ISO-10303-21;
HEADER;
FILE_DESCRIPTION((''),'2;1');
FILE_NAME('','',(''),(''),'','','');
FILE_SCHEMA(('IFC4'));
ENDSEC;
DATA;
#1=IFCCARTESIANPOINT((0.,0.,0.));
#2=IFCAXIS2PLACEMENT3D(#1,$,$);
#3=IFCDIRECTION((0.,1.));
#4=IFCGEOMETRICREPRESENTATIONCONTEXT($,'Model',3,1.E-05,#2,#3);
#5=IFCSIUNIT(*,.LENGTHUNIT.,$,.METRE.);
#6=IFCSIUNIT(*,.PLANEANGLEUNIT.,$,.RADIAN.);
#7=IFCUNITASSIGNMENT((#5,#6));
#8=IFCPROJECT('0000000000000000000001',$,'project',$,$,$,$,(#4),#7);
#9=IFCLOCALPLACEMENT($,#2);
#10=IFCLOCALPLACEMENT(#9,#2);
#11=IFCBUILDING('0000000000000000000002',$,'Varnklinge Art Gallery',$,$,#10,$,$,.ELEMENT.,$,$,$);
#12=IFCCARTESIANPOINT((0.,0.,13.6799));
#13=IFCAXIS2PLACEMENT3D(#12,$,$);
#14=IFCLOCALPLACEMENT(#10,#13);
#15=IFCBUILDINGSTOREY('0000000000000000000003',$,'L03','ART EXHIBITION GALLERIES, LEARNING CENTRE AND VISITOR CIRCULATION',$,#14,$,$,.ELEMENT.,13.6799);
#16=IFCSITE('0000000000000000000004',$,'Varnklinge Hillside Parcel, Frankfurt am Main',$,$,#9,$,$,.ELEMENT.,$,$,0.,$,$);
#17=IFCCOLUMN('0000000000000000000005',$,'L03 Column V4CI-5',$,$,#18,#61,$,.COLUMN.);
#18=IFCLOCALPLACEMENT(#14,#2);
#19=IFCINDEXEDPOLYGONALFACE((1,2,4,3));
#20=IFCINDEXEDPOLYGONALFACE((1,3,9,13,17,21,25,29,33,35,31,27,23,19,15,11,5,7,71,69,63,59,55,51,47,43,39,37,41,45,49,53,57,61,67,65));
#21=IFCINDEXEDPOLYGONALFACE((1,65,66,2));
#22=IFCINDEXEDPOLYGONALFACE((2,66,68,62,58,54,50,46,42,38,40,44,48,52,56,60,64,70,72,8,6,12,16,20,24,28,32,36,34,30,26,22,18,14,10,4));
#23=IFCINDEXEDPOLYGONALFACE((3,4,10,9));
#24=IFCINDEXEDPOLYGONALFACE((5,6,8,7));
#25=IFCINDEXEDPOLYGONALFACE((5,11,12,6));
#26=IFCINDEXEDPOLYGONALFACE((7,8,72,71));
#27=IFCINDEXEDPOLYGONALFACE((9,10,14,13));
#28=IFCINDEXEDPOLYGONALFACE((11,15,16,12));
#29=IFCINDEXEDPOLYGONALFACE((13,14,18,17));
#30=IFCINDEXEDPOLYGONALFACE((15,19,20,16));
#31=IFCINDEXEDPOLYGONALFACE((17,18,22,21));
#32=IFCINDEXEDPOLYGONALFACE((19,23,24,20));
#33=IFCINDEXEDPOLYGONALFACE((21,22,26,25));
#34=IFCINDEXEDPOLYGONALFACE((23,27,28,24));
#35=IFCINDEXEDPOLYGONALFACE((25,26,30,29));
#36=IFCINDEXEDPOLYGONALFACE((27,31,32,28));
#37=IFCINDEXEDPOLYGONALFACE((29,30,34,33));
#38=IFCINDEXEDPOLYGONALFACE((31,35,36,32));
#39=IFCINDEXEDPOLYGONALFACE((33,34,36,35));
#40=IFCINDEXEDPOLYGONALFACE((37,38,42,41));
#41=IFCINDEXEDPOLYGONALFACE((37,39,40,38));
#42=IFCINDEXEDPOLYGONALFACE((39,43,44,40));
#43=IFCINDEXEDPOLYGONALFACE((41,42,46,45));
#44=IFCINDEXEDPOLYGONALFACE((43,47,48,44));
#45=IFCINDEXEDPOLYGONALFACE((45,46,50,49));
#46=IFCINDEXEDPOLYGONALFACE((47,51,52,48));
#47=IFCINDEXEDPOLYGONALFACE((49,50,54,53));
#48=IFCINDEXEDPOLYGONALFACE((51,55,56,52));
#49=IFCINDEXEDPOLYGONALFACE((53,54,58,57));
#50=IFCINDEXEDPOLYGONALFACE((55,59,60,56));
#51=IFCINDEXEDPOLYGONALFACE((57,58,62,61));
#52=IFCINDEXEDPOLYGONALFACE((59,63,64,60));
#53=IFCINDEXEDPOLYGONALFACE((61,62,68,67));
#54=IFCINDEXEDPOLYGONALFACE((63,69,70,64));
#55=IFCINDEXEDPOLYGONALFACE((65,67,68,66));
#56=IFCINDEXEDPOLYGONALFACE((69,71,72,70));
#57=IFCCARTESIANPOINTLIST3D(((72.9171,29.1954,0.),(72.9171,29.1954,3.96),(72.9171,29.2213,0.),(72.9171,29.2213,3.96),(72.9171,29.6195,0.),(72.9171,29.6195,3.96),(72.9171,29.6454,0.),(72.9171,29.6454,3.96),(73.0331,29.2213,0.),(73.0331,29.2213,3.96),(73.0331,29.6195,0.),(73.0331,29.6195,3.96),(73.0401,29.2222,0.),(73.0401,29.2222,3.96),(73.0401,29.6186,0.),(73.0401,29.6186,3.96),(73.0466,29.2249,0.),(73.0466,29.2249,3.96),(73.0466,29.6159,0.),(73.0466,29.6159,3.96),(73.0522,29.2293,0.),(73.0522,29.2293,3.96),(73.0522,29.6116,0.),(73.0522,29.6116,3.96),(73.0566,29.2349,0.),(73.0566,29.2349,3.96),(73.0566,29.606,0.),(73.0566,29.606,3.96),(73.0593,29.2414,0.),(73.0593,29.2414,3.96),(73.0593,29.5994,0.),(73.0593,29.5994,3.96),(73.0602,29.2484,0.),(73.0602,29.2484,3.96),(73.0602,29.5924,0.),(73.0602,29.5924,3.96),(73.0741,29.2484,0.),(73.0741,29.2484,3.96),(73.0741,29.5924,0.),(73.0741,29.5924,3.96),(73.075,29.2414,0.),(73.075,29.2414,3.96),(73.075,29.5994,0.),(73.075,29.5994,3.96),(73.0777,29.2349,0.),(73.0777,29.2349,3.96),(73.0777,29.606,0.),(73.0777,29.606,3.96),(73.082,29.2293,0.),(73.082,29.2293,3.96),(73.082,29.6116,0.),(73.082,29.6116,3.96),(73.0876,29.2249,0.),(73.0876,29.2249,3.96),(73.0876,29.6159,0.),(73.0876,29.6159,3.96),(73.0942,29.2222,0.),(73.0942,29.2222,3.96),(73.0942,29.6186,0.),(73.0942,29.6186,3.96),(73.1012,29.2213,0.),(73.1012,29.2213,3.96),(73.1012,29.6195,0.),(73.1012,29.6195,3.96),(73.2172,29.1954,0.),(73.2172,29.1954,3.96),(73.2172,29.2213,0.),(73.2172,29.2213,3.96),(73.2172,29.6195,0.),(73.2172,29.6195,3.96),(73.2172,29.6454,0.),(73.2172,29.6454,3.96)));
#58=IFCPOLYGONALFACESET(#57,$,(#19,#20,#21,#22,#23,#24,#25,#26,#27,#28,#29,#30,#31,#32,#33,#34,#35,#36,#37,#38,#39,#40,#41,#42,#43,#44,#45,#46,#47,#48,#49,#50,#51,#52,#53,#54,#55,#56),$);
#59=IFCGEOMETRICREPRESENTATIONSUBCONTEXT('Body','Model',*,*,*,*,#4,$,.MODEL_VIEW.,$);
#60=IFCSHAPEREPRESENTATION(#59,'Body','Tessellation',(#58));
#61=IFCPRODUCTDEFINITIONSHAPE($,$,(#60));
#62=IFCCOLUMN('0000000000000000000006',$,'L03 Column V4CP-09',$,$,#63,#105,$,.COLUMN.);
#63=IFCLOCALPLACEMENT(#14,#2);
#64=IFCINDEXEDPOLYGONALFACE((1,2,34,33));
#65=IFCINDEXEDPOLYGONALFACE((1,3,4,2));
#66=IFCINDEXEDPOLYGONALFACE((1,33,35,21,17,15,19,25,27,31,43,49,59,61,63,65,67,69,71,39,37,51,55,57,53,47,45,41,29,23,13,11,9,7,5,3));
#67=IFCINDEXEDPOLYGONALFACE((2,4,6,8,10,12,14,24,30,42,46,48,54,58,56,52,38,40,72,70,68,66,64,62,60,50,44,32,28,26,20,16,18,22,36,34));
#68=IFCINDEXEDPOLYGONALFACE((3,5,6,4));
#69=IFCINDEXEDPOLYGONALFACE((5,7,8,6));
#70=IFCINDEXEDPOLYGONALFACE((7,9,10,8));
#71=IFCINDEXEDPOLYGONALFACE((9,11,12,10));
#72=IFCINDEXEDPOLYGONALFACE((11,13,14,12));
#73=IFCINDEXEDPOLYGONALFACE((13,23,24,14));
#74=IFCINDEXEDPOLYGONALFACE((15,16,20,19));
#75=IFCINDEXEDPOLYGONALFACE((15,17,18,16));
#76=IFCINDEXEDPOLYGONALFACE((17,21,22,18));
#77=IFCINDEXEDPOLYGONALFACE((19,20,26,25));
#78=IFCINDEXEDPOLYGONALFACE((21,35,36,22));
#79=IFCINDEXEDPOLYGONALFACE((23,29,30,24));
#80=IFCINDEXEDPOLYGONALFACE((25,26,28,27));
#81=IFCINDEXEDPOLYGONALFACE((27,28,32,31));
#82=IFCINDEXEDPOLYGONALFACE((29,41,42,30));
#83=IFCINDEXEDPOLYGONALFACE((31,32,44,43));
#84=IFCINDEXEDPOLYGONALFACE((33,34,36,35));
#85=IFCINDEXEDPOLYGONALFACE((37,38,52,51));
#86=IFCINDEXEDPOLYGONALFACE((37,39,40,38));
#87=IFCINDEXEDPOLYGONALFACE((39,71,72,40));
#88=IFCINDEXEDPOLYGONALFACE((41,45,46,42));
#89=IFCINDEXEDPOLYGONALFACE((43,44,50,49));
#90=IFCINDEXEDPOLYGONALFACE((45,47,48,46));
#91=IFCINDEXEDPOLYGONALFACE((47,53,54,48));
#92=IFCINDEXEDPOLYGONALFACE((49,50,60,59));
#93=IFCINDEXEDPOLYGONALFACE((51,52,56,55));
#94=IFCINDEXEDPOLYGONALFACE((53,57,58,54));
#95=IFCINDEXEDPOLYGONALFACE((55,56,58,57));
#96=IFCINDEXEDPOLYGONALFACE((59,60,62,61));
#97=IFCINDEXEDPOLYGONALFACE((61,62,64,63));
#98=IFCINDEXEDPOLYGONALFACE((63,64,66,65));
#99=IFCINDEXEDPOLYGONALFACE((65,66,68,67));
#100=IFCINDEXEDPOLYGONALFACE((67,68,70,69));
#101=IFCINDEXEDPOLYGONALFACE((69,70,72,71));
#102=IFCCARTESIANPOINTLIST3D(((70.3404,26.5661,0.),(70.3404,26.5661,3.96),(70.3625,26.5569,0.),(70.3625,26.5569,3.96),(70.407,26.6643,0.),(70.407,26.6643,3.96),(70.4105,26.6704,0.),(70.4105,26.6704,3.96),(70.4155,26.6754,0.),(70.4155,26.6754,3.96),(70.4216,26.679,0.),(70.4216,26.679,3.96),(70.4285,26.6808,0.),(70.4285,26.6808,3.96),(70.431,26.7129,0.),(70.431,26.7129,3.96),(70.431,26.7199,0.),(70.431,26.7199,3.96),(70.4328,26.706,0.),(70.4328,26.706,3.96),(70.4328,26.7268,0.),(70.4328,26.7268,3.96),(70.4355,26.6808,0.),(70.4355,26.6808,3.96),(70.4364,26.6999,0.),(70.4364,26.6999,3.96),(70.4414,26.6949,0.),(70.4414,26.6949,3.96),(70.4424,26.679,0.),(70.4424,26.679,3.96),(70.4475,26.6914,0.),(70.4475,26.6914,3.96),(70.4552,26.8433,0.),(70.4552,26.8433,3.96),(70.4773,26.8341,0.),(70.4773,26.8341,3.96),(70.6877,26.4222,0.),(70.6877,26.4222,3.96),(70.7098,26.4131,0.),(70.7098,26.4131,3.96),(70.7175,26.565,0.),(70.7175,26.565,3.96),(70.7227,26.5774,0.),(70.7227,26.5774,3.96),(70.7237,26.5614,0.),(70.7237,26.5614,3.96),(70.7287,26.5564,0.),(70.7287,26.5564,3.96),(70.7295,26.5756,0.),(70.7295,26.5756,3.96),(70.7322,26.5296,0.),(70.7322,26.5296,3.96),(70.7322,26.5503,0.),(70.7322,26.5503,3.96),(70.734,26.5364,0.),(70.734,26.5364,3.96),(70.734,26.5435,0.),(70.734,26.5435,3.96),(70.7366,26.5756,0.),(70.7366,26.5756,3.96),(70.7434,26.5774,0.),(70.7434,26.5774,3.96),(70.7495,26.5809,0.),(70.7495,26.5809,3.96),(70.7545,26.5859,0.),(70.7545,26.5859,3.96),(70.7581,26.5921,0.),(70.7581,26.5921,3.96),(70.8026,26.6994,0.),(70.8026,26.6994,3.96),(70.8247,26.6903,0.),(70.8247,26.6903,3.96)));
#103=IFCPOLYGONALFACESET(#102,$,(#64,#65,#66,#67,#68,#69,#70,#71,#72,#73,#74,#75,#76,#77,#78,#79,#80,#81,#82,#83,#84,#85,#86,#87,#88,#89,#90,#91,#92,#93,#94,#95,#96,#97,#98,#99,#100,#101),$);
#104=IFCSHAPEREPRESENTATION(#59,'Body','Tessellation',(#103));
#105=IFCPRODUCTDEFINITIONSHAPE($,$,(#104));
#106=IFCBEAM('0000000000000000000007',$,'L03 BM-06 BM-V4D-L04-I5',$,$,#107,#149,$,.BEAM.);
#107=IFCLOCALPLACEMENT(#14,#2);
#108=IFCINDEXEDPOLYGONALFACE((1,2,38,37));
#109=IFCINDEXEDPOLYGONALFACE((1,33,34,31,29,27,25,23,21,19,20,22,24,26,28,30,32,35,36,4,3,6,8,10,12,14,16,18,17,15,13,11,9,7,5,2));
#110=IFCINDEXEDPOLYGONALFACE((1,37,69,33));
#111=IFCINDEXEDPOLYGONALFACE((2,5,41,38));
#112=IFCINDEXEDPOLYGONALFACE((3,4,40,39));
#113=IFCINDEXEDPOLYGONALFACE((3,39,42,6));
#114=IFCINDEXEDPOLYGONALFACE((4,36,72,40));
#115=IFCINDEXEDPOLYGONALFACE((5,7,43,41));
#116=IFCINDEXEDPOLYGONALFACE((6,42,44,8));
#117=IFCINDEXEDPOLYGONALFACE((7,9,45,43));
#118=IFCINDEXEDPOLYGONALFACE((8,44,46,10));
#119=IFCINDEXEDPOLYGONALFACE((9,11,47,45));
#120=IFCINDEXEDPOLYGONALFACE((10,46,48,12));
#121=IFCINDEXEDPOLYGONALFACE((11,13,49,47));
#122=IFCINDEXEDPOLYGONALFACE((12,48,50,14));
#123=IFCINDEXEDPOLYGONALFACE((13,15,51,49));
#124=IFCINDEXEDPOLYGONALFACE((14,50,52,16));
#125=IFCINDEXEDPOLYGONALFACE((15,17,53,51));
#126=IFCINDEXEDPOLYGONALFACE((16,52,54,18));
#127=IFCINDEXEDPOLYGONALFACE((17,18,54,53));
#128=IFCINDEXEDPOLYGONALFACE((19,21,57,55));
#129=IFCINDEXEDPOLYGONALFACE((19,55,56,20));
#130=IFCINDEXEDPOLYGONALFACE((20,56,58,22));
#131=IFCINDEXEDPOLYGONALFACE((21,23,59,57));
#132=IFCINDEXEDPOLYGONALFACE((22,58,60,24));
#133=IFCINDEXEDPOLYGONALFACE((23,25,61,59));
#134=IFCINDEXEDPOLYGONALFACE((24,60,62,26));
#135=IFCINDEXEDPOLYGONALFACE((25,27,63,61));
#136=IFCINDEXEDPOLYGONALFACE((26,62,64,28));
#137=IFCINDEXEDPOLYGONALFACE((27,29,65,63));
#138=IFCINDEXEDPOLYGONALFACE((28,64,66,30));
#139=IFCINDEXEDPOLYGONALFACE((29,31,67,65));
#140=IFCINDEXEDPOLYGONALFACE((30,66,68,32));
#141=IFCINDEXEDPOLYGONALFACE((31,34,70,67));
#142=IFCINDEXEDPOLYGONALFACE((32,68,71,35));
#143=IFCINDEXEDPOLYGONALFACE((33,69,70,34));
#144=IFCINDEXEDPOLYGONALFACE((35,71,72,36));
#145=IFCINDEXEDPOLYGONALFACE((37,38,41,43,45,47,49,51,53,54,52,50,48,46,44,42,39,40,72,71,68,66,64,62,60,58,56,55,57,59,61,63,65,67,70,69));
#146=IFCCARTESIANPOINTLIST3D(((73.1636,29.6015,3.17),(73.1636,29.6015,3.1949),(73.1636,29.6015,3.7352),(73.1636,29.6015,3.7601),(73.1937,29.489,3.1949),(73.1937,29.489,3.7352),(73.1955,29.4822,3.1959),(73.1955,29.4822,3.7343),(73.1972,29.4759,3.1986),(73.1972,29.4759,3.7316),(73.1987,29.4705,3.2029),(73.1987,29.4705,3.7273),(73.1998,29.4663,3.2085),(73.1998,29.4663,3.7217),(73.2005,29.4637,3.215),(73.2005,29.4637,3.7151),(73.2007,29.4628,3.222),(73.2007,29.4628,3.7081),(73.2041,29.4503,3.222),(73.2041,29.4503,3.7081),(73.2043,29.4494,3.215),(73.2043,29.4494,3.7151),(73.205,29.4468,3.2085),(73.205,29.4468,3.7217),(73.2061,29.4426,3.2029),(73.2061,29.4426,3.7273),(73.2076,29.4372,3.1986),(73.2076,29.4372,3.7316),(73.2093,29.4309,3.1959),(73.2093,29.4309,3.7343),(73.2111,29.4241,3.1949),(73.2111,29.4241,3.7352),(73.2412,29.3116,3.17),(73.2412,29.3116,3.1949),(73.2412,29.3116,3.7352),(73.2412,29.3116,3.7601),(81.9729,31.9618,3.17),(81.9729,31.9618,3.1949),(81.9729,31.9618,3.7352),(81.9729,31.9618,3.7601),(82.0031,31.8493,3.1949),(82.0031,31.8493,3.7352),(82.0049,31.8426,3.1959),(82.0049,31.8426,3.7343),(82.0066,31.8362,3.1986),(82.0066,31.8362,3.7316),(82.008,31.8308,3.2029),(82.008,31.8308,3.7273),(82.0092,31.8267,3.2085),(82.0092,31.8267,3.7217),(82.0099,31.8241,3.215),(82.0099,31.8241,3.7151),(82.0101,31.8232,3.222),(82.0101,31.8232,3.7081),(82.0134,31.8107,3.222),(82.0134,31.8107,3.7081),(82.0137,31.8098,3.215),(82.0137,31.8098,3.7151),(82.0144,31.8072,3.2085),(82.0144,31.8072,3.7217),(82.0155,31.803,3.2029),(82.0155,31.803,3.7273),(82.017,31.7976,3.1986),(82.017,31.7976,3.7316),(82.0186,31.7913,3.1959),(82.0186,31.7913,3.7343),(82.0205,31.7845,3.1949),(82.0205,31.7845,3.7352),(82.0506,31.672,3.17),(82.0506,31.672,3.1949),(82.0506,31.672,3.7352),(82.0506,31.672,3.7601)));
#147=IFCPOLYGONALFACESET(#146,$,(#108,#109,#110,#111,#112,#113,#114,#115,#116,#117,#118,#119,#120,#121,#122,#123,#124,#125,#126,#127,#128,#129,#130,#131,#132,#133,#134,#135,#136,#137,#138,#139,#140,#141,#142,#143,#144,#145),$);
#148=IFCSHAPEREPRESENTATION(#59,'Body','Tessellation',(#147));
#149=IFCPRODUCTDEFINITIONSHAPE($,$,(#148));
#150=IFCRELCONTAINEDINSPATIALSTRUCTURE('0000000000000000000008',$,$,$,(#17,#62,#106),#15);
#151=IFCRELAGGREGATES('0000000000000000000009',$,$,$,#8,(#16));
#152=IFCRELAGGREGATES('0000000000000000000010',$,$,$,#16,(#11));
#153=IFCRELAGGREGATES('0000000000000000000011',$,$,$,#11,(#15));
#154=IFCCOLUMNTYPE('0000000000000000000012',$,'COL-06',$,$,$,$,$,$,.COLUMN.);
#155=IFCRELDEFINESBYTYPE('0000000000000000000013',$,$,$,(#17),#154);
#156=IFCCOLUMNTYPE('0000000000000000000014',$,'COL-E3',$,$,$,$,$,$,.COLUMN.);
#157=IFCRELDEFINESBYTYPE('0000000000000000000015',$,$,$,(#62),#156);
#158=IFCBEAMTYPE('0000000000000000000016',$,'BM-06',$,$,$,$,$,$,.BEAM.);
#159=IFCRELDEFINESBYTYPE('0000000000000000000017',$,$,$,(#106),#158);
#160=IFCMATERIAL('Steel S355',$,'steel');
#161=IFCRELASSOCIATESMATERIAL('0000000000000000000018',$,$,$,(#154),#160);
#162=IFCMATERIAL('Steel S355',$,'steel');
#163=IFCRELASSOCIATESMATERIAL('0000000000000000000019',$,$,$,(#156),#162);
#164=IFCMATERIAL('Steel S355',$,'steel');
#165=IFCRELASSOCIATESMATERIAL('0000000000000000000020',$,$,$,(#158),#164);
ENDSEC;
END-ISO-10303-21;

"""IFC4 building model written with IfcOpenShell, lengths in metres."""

from ifc_helpers import new_model, si_unit, direction, frame, origin, origin_2d, place, context, subcontext, project, spatial, i_section, extrude, material, material_profile, profile_set, type_object, element, save


model = new_model("IFC4")

# Units and contexts
model_context = context("Model", 3, precision=1e-05, world=origin(), true_north=direction((0.0, 1.0)))
body_context = subcontext(model_context, "Body", "Model", "MODEL_VIEW")
ifc_project = project(units=[si_unit("LENGTHUNIT", "METRE"), si_unit("PLANEANGLEUNIT", "RADIAN")], contexts=[model_context])

# Site, building, storey
site_placement = place(None, origin())
site = spatial("IfcSite", under=ifc_project, at=site_placement, Name="Varnklinge Hillside Parcel, Frankfurt am Main", CompositionType="ELEMENT", RefElevation=0.0)
building_placement = place(site_placement, origin())
building = spatial("IfcBuilding", under=site, at=building_placement, Name="Varnklinge Art Gallery", CompositionType="ELEMENT")
storey_placement = place(building_placement, frame((0.0, 0.0, 13.6799)))
storey = spatial("IfcBuildingStorey", under=building, at=storey_placement, Name="L03", Description="ART EXHIBITION GALLERIES, LEARNING CENTRE AND VISITOR CIRCULATION", CompositionType="ELEMENT", Elevation=13.6799)

# Columns
ifc_material_1 = material(Name="Steel S355", Category="steel")
ifc_material_profile_1 = material_profile(ifc_material_1, i_section(OverallWidth=0.3, OverallDepth=0.45, WebThickness=0.0139, FlangeThickness=0.0259, FilletRadius=0.0271, at=origin_2d()), Name="HEB 450")
ifc_profile_set_1 = profile_set([ifc_material_profile_1], Name="Steel S355")
column_type_1 = type_object("IfcColumnType", Name="COL-06", PredefinedType="COLUMN", material=ifc_profile_set_1)
column_1_placement = place(storey_placement, frame((73.0671, 29.4204, 0.0), z_axis=(0.0, 0.0, 1.0), x_axis=(1.0, 0.0, 0.0)))
element("IfcColumn", 1, at=column_1_placement, inside=storey, type_object=column_type_1, Name="L03 Column V4CI-5", PredefinedType="COLUMN", context=body_context, shape_type="SweptSolid", body=[
    extrude(i_section(OverallWidth=0.3, OverallDepth=0.45, WebThickness=0.0139, FlangeThickness=0.0259, FilletRadius=0.0271, at=origin_2d()), origin(), (0.0, 0.0, 1.0), 3.96),
])
ifc_material_2 = material(Name="Steel S355", Category="steel")
ifc_material_profile_2 = material_profile(ifc_material_2, i_section(OverallWidth=0.3, OverallDepth=0.3999, WebThickness=0.0134, FlangeThickness=0.0239, FilletRadius=0.0271, at=origin_2d()), Name="HEB 400")
ifc_profile_set_2 = profile_set([ifc_material_profile_2], Name="Steel S355")
column_type_2 = type_object("IfcColumnType", Name="COL-E3", PredefinedType="COLUMN", material=ifc_profile_set_2)
column_2_placement = place(storey_placement, frame((70.5825, 26.6282, 0.0), z_axis=(0.0, 0.0, 1.0), x_axis=(-0.382683, -0.92388, 0.0)))
element("IfcColumn", 2, at=column_2_placement, inside=storey, type_object=column_type_2, Name="L03 Column V4CP-09", PredefinedType="COLUMN", context=body_context, shape_type="SweptSolid", body=[
    extrude(i_section(OverallWidth=0.3, OverallDepth=0.3999, WebThickness=0.0134, FlangeThickness=0.0239, FilletRadius=0.0271, at=origin_2d()), origin(), (0.0, 0.0, 1.0), 3.96),
])

# Beam
ifc_material_3 = material(Name="Steel S355", Category="steel")
ifc_material_profile_3 = material_profile(ifc_material_3, i_section(OverallWidth=0.3, OverallDepth=0.5901, WebThickness=0.0129, FlangeThickness=0.0249, FilletRadius=0.0271, at=origin_2d()), Name="HEA 600")
ifc_profile_set_3 = profile_set([ifc_material_profile_3], Name="Steel S355")
beam_type_1 = type_object("IfcBeamType", Name="BM-06", PredefinedType="BEAM", material=ifc_profile_set_3)
beam_1_placement = place(storey_placement, frame((73.2024, 29.4565, 3.4651), z_axis=(0.965929, 0.258809, 0.0), x_axis=(-0.258809, 0.965929, 0.0)))
element("IfcBeam", 3, at=beam_1_placement, inside=storey, type_object=beam_type_1, Name="L03 BM-06 BM-V4D-L04-I5", PredefinedType="BEAM", context=body_context, shape_type="SweptSolid", body=[
    extrude(i_section(OverallWidth=0.3, OverallDepth=0.5901, WebThickness=0.0129, FlangeThickness=0.0249, FilletRadius=0.0271, at=origin_2d()), origin(), (0.0, 0.0, 1.0), 9.1201),
])

save(model, "model.ifc")
